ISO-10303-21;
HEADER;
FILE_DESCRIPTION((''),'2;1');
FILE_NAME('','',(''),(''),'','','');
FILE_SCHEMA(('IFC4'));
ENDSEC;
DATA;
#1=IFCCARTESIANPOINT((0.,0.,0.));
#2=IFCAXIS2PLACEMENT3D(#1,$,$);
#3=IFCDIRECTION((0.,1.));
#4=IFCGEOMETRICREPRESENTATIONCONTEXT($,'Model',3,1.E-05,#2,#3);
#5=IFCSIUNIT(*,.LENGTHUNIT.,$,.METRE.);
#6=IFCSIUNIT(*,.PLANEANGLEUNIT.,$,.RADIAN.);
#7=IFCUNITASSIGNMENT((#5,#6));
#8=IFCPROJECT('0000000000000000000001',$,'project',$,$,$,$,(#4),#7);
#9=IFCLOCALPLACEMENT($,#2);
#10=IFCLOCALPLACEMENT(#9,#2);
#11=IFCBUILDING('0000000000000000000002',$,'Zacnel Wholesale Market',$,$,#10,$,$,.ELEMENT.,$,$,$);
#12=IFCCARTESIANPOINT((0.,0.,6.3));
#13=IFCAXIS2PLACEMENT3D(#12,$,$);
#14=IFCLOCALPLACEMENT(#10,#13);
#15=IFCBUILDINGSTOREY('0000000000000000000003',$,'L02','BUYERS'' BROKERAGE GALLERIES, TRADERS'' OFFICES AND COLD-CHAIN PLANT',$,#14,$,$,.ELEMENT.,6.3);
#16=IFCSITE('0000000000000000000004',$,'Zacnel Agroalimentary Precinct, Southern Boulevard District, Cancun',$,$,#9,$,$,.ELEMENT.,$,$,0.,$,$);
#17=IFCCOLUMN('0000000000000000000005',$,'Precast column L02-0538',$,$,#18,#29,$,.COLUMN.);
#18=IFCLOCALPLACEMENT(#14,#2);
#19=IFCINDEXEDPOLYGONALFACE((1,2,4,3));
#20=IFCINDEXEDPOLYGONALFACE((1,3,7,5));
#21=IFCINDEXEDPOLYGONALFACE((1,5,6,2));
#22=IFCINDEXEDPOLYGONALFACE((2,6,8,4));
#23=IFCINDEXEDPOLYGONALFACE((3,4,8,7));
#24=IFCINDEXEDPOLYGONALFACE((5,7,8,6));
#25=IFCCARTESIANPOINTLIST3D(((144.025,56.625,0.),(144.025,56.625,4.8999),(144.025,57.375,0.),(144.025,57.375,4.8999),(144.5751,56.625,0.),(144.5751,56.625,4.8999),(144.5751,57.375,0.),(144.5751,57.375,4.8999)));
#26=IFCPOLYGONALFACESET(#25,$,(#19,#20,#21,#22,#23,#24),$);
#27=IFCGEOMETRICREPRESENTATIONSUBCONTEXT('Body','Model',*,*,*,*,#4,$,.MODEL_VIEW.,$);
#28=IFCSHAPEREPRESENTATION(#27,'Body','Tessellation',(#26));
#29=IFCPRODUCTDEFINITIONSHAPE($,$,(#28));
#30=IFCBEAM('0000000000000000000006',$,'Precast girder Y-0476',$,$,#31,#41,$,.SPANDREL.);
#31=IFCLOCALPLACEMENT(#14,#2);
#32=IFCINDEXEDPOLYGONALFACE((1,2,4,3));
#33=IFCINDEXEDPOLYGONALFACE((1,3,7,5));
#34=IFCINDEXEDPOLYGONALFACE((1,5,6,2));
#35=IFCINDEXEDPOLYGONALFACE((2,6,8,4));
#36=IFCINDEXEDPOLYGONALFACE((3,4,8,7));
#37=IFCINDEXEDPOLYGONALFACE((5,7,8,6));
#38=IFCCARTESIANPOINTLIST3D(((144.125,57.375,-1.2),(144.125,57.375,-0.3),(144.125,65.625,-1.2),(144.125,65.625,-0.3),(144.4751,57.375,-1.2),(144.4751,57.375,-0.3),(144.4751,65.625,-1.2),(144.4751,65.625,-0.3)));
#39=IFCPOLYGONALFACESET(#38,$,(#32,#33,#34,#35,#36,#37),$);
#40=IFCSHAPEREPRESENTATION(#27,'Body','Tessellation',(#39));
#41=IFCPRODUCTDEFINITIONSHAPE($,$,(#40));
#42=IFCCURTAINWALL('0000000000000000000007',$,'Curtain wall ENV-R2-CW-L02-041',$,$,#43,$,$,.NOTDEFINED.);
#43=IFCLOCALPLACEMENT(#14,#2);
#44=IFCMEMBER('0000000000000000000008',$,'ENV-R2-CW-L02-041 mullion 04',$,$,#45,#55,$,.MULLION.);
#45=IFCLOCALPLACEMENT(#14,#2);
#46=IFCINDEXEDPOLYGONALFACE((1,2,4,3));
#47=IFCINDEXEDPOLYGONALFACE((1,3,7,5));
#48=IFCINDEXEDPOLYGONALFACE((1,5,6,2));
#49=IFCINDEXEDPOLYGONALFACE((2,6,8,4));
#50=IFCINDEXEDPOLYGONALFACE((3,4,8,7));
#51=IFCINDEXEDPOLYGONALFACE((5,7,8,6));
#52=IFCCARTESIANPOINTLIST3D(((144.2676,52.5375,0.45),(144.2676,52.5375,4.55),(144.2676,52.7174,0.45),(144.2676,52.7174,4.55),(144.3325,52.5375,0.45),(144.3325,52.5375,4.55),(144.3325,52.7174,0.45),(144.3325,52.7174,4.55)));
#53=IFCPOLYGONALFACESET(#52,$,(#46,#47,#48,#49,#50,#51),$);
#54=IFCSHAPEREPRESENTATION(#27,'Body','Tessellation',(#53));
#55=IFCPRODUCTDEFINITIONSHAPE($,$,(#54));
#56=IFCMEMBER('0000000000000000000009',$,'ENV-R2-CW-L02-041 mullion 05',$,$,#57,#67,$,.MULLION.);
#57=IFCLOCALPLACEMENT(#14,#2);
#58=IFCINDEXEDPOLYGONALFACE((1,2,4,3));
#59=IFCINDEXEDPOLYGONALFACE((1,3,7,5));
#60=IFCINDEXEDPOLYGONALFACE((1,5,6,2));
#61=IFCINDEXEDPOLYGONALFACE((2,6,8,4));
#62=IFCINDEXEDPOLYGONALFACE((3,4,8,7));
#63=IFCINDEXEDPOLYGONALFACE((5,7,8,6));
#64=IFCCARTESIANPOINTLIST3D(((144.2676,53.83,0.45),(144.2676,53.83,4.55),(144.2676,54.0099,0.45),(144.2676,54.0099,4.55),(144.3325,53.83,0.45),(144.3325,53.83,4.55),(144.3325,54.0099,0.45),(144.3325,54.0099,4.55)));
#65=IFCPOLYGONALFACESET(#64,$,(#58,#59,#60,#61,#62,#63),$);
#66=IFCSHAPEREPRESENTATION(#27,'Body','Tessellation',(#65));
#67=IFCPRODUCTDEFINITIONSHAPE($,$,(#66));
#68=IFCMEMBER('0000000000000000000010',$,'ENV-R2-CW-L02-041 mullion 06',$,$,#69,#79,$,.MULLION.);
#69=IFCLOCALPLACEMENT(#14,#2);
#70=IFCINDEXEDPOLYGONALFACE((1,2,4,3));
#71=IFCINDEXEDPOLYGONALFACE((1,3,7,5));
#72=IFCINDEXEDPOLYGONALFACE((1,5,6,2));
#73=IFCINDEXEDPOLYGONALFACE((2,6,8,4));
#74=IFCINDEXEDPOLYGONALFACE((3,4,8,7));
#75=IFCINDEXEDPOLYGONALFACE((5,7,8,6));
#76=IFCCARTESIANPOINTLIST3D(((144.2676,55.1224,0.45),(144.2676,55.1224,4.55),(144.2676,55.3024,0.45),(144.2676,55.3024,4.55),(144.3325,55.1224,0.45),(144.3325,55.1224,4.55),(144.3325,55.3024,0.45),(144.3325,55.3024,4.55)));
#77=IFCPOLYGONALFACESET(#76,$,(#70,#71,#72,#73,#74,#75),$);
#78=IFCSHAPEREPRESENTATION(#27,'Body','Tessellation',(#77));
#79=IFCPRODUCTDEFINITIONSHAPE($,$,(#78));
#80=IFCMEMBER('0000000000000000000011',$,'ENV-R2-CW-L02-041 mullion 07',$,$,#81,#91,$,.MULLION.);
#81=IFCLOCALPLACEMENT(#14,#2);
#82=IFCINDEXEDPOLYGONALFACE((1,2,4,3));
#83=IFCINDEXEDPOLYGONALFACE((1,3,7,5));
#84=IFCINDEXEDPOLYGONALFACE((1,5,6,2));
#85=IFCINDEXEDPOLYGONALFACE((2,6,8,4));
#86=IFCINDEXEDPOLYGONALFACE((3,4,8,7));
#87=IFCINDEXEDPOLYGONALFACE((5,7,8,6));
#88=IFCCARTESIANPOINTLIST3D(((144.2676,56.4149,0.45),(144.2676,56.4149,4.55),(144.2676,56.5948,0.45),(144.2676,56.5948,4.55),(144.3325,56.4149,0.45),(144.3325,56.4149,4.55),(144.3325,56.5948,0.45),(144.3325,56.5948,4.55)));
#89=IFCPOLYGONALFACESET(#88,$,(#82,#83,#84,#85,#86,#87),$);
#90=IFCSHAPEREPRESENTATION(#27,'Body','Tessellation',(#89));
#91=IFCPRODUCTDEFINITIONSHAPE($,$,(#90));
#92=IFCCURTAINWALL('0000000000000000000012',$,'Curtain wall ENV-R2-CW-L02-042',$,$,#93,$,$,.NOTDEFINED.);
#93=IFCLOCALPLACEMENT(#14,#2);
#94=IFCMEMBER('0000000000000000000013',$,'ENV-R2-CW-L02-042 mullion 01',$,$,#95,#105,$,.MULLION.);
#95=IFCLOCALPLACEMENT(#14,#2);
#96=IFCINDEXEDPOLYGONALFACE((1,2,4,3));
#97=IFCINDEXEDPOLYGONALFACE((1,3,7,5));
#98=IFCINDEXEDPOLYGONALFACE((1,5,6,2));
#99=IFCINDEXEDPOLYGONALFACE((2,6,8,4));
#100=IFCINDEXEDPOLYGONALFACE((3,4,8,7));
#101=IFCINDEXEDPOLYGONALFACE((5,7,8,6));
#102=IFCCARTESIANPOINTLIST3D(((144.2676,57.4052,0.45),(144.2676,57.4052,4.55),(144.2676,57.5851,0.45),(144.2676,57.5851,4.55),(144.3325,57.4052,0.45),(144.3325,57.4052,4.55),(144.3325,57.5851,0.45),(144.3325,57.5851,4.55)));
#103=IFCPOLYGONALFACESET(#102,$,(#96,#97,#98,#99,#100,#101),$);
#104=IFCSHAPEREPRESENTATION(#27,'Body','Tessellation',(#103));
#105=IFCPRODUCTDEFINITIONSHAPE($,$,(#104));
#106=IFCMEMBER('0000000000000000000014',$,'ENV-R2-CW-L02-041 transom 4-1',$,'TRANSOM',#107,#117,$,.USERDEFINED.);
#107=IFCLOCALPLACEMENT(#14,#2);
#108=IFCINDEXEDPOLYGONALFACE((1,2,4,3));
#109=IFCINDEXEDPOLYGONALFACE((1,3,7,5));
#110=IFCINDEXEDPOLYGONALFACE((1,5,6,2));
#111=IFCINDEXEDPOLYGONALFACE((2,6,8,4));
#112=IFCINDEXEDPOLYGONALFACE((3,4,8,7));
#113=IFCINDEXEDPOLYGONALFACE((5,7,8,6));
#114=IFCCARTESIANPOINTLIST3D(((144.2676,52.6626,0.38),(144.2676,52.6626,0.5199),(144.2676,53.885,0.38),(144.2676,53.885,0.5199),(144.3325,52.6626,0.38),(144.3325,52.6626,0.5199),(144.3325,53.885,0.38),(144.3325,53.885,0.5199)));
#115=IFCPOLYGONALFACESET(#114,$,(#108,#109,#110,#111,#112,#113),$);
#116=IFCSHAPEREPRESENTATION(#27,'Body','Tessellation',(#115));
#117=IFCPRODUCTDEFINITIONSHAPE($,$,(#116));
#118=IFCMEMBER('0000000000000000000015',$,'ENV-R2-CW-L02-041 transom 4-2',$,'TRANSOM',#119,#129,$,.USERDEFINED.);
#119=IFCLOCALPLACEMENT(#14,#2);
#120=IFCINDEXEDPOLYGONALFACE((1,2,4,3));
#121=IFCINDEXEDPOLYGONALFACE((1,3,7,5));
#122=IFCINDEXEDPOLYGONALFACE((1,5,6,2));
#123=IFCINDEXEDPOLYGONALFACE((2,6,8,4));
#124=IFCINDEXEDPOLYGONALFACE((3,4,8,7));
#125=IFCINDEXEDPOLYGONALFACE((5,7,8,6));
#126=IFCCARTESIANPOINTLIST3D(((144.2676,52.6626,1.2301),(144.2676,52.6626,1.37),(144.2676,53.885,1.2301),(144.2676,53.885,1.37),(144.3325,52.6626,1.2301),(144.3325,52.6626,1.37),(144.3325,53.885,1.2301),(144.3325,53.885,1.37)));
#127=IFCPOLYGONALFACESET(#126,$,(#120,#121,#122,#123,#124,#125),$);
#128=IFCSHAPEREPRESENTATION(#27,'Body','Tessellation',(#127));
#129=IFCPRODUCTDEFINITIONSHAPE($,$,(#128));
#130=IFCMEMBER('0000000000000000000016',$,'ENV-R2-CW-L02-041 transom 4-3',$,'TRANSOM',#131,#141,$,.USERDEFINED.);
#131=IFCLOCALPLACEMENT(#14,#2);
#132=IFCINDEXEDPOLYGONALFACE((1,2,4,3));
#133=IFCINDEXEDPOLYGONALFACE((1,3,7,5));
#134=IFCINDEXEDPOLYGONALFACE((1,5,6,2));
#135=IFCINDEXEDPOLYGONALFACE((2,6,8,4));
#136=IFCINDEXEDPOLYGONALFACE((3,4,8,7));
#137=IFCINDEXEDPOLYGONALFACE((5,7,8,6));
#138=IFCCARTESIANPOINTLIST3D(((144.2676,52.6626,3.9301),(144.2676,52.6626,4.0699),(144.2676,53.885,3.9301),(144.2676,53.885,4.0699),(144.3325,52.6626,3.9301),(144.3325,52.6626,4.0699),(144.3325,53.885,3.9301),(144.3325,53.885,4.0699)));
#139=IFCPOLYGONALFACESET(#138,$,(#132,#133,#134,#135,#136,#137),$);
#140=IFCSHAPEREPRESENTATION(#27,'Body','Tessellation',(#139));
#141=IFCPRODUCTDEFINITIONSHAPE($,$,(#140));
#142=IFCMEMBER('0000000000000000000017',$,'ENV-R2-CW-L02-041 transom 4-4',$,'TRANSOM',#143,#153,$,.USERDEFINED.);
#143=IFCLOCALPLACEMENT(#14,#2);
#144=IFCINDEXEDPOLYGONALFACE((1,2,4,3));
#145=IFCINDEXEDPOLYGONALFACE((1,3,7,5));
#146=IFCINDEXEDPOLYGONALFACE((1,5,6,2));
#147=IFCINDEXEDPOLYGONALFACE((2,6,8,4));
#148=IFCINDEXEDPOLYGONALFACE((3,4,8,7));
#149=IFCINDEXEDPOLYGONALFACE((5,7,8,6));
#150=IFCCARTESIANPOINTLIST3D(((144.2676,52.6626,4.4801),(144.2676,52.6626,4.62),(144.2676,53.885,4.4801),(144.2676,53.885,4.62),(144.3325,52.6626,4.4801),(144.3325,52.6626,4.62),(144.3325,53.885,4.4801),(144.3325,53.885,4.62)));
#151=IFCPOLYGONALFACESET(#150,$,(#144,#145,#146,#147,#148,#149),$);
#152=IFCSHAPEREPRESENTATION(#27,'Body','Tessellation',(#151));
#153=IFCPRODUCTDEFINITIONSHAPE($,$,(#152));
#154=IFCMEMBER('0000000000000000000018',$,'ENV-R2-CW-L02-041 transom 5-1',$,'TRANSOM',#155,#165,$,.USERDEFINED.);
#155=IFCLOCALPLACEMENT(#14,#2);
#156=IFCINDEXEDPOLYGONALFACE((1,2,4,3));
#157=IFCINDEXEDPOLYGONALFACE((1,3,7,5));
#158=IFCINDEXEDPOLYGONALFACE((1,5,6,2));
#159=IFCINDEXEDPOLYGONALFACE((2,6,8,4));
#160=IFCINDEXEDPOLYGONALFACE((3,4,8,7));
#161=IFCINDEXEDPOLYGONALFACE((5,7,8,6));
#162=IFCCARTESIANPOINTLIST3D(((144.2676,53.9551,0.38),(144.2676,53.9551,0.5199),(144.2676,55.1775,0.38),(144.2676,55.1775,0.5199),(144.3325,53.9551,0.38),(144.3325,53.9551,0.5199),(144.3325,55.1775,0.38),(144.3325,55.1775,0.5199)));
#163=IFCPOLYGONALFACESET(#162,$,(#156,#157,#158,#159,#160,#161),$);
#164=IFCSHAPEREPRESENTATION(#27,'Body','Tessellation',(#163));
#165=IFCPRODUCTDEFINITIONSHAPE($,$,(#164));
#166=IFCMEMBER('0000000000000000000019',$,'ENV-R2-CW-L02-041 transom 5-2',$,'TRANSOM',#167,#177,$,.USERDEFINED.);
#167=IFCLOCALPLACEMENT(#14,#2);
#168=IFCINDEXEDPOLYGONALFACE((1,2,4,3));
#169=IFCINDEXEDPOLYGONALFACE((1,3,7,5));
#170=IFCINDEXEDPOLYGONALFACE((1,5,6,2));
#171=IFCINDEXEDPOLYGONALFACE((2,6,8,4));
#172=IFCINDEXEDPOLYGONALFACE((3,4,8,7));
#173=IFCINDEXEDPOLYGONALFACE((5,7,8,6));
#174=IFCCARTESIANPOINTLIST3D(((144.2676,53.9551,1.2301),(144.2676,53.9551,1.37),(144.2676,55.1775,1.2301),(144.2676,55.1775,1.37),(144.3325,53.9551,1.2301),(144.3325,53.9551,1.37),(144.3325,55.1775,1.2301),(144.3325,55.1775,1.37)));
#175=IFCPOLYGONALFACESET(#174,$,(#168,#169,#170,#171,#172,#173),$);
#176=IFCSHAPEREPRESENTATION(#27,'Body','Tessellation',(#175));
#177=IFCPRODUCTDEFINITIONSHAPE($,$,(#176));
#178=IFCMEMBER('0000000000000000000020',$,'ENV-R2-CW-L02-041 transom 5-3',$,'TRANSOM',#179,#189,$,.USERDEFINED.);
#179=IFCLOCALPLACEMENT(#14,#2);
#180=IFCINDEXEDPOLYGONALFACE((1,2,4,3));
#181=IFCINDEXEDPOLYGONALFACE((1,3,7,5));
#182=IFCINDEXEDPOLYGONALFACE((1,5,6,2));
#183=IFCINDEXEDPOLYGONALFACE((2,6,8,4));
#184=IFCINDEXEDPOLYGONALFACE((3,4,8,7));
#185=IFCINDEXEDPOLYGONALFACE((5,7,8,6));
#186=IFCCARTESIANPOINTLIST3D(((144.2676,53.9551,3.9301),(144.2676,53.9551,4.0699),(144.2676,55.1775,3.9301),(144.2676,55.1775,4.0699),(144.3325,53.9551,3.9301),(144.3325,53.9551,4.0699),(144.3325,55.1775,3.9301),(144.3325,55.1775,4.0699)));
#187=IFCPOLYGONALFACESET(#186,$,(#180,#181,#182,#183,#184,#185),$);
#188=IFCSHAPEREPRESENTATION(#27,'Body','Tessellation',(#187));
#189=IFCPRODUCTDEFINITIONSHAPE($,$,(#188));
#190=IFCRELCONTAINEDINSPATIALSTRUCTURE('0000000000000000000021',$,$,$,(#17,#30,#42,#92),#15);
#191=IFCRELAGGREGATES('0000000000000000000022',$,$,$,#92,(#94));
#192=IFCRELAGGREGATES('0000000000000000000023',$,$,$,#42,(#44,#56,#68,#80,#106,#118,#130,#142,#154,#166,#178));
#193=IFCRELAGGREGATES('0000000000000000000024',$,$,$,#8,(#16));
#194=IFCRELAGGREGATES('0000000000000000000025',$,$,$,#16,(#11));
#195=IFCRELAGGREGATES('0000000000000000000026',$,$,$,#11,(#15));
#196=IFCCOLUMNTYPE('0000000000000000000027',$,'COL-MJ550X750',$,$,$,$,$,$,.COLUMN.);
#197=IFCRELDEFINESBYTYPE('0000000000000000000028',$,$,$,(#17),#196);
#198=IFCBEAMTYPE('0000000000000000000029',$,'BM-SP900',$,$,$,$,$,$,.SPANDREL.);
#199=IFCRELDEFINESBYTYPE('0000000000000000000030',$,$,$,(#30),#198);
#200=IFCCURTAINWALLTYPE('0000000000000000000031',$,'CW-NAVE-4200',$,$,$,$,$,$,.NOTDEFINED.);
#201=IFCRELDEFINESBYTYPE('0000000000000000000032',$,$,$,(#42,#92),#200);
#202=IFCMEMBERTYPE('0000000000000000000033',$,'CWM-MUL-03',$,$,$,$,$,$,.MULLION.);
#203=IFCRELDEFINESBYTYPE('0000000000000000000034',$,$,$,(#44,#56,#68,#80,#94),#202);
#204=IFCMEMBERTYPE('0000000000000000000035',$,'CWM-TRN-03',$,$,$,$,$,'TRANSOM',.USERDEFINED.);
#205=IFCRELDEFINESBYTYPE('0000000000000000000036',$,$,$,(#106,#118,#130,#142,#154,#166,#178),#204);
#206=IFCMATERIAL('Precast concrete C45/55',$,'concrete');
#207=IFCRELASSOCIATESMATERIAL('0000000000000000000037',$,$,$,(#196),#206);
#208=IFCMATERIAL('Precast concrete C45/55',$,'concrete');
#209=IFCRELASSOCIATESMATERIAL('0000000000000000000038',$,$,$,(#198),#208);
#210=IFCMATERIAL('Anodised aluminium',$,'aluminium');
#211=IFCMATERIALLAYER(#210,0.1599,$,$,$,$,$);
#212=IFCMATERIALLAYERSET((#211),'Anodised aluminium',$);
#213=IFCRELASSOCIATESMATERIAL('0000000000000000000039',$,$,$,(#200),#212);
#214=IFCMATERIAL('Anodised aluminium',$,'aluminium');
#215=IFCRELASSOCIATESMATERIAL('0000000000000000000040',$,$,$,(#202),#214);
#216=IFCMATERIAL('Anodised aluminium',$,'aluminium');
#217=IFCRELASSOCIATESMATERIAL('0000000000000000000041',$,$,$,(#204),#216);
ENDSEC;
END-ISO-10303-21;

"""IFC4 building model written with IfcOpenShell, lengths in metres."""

from ifc_helpers import new_model, si_unit, direction, frame, origin, origin_2d, place, context, subcontext, project, spatial, rectangle, extrude, material, layer, layer_set, material_profile, profile_set, type_object, element, aggregate, save


model = new_model("IFC4")

# Units and contexts
model_context = context("Model", 3, precision=1e-05, world=origin(), true_north=direction((0.0, 1.0)))
body_context = subcontext(model_context, "Body", "Model", "MODEL_VIEW")
ifc_project = project(units=[si_unit("LENGTHUNIT", "METRE"), si_unit("PLANEANGLEUNIT", "RADIAN")], contexts=[model_context])

# Site, building, storey
site_placement = place(None, origin())
site = spatial("IfcSite", under=ifc_project, at=site_placement, Name="Zacnel Agroalimentary Precinct, Southern Boulevard District, Cancun", CompositionType="ELEMENT", RefElevation=0.0)
building_placement = place(site_placement, origin())
building = spatial("IfcBuilding", under=site, at=building_placement, Name="Zacnel Wholesale Market", CompositionType="ELEMENT")
storey_placement = place(building_placement, frame((0.0, 0.0, 6.3)))
storey = spatial("IfcBuildingStorey", under=building, at=storey_placement, Name="L02", Description="BUYERS' BROKERAGE GALLERIES, TRADERS' OFFICES AND COLD-CHAIN PLANT", CompositionType="ELEMENT", Elevation=6.3)

# Column
ifc_material_1 = material(Name="Precast concrete C45/55", Category="concrete")
ifc_material_profile_1 = material_profile(ifc_material_1, rectangle(XDim=0.55, YDim=0.75, at=origin_2d()), Name="PC 550x750")
ifc_profile_set_1 = profile_set([ifc_material_profile_1], Name="Precast concrete C45/55")
column_type = type_object("IfcColumnType", Name="COL-MJ550X750", PredefinedType="COLUMN", material=ifc_profile_set_1)
column_placement = place(storey_placement, frame((144.3, 57.0, 0.0), z_axis=(0.0, 0.0, 1.0), x_axis=(1.0, 0.0, 0.0)))
element("IfcColumn", 1, at=column_placement, inside=storey, type_object=column_type, Name="Precast column L02-0538", PredefinedType="COLUMN", context=body_context, shape_type="SweptSolid", body=[
    extrude(rectangle(XDim=0.55, YDim=0.75, at=origin_2d()), origin(), (0.0, 0.0, 1.0), 4.8999),
])

# Beam
ifc_material_2 = material(Name="Precast concrete C45/55", Category="concrete")
ifc_material_profile_2 = material_profile(ifc_material_2, rectangle(XDim=0.3501, YDim=0.8999, at=origin_2d()), Name="SP 350x900")
ifc_profile_set_2 = profile_set([ifc_material_profile_2], Name="Precast concrete C45/55")
beam_type = type_object("IfcBeamType", Name="BM-SP900", PredefinedType="SPANDREL", material=ifc_profile_set_2)
beam_placement = place(storey_placement, frame((144.3, 57.375, -0.75), z_axis=(0.0, 1.0, 0.0), x_axis=(-1.0, 0.0, 0.0)))
element("IfcBeam", 2, at=beam_placement, inside=storey, type_object=beam_type, Name="Precast girder Y-0476", PredefinedType="SPANDREL", context=body_context, shape_type="SweptSolid", body=[
    extrude(rectangle(XDim=0.3501, YDim=0.8999, at=origin_2d()), origin(), (0.0, 0.0, 1.0), 8.25),
])

# Curtain wall, members
ifc_material_3 = material(Name="Anodised aluminium", Category="aluminium")
ifc_layer_1 = layer(ifc_material_3, 0.1599)
ifc_layer_set_1 = layer_set([ifc_layer_1], Name="Anodised aluminium")
curtain_wall_type = type_object("IfcCurtainWallType", Name="CW-NAVE-4200", PredefinedType="NOTDEFINED", material=ifc_layer_set_1)
curtain_wall_1_placement = place(storey_placement, origin())
curtain_wall_1 = element("IfcCurtainWall", 3, at=curtain_wall_1_placement, inside=storey, type_object=curtain_wall_type, Name="Curtain wall ENV-R2-CW-L02-041", PredefinedType="NOTDEFINED")
ifc_material_4 = material(Name="Anodised aluminium", Category="aluminium")
ifc_material_profile_3 = material_profile(ifc_material_4, rectangle(XDim=0.0649, YDim=0.1799, at=origin_2d()), Name="AW-MULLION 65x180")
ifc_profile_set_3 = profile_set([ifc_material_profile_3], Name="Anodised aluminium")
member_type_1 = type_object("IfcMemberType", Name="CWM-MUL-03", PredefinedType="MULLION", material=ifc_profile_set_3)
member_1_placement = place(storey_placement, frame((144.3, 52.6274, 0.45), z_axis=(0.0, 0.0, 1.0), x_axis=(1.0, 0.0, 0.0)))
member_1 = element("IfcMember", 4, at=member_1_placement, type_object=member_type_1, Name="ENV-R2-CW-L02-041 mullion 04", PredefinedType="MULLION", context=body_context, shape_type="SweptSolid", body=[
    extrude(rectangle(XDim=0.0649, YDim=0.1799, at=origin_2d()), origin(), (0.0, 0.0, 1.0), 4.1001),
])
member_2_placement = place(storey_placement, frame((144.3, 53.9199, 0.45), z_axis=(0.0, 0.0, 1.0), x_axis=(1.0, 0.0, 0.0)))
member_2 = element("IfcMember", 5, at=member_2_placement, type_object=member_type_1, Name="ENV-R2-CW-L02-041 mullion 05", PredefinedType="MULLION", context=body_context, shape_type="SweptSolid", body=[
    extrude(rectangle(XDim=0.0649, YDim=0.1799, at=origin_2d()), origin(), (0.0, 0.0, 1.0), 4.1001),
])
member_3_placement = place(storey_placement, frame((144.3, 55.2124, 0.45), z_axis=(0.0, 0.0, 1.0), x_axis=(1.0, 0.0, 0.0)))
member_3 = element("IfcMember", 6, at=member_3_placement, type_object=member_type_1, Name="ENV-R2-CW-L02-041 mullion 06", PredefinedType="MULLION", context=body_context, shape_type="SweptSolid", body=[
    extrude(rectangle(XDim=0.0649, YDim=0.1799, at=origin_2d()), origin(), (0.0, 0.0, 1.0), 4.1001),
])
member_4_placement = place(storey_placement, frame((144.3, 56.5049, 0.45), z_axis=(0.0, 0.0, 1.0), x_axis=(1.0, 0.0, 0.0)))
member_4 = element("IfcMember", 7, at=member_4_placement, type_object=member_type_1, Name="ENV-R2-CW-L02-041 mullion 07", PredefinedType="MULLION", context=body_context, shape_type="SweptSolid", body=[
    extrude(rectangle(XDim=0.0649, YDim=0.1799, at=origin_2d()), origin(), (0.0, 0.0, 1.0), 4.1001),
])

# Curtain wall, member
curtain_wall_2_placement = place(storey_placement, origin())
curtain_wall_2 = element("IfcCurtainWall", 8, at=curtain_wall_2_placement, inside=storey, type_object=curtain_wall_type, Name="Curtain wall ENV-R2-CW-L02-042", PredefinedType="NOTDEFINED")
member_5_placement = place(storey_placement, frame((144.3, 57.4951, 0.45), z_axis=(0.0, 0.0, 1.0), x_axis=(1.0, 0.0, 0.0)))
member_5 = element("IfcMember", 9, at=member_5_placement, type_object=member_type_1, Name="ENV-R2-CW-L02-042 mullion 01", PredefinedType="MULLION", context=body_context, shape_type="SweptSolid", body=[
    extrude(rectangle(XDim=0.0649, YDim=0.1799, at=origin_2d()), origin(), (0.0, 0.0, 1.0), 4.1001),
])

# Members
ifc_material_5 = material(Name="Anodised aluminium", Category="aluminium")
ifc_material_profile_4 = material_profile(ifc_material_5, rectangle(XDim=0.0649, YDim=0.1399, at=origin_2d()), Name="AW-TRANSOM 65x140")
ifc_profile_set_4 = profile_set([ifc_material_profile_4], Name="Anodised aluminium")
member_type_2 = type_object("IfcMemberType", Name="CWM-TRN-03", ElementType="TRANSOM", PredefinedType="USERDEFINED", material=ifc_profile_set_4)
member_6_placement = place(storey_placement, frame((144.3, 52.6626, 0.45), z_axis=(0.0, 1.0, 0.0), x_axis=(-1.0, 0.0, 0.0)))
member_6 = element("IfcMember", 10, at=member_6_placement, type_object=member_type_2, Name="ENV-R2-CW-L02-041 transom 4-1", ObjectType="TRANSOM", PredefinedType="USERDEFINED", context=body_context, shape_type="SweptSolid", body=[
    extrude(rectangle(XDim=0.0649, YDim=0.1399, at=origin_2d()), origin(), (0.0, 0.0, 1.0), 1.2224),
])
member_7_placement = place(storey_placement, frame((144.3, 52.6626, 1.3), z_axis=(0.0, 1.0, 0.0), x_axis=(-1.0, 0.0, 0.0)))
member_7 = element("IfcMember", 11, at=member_7_placement, type_object=member_type_2, Name="ENV-R2-CW-L02-041 transom 4-2", ObjectType="TRANSOM", PredefinedType="USERDEFINED", context=body_context, shape_type="SweptSolid", body=[
    extrude(rectangle(XDim=0.0649, YDim=0.1399, at=origin_2d()), origin(), (0.0, 0.0, 1.0), 1.2224),
])
member_8_placement = place(storey_placement, frame((144.3, 52.6626, 4.0), z_axis=(0.0, 1.0, 0.0), x_axis=(-1.0, 0.0, 0.0)))
member_8 = element("IfcMember", 12, at=member_8_placement, type_object=member_type_2, Name="ENV-R2-CW-L02-041 transom 4-3", ObjectType="TRANSOM", PredefinedType="USERDEFINED", context=body_context, shape_type="SweptSolid", body=[
    extrude(rectangle(XDim=0.0649, YDim=0.1399, at=origin_2d()), origin(), (0.0, 0.0, 1.0), 1.2224),
])
member_9_placement = place(storey_placement, frame((144.3, 52.6626, 4.55), z_axis=(0.0, 1.0, 0.0), x_axis=(-1.0, 0.0, 0.0)))
member_9 = element("IfcMember", 13, at=member_9_placement, type_object=member_type_2, Name="ENV-R2-CW-L02-041 transom 4-4", ObjectType="TRANSOM", PredefinedType="USERDEFINED", context=body_context, shape_type="SweptSolid", body=[
    extrude(rectangle(XDim=0.0649, YDim=0.1399, at=origin_2d()), origin(), (0.0, 0.0, 1.0), 1.2224),
])
member_10_placement = place(storey_placement, frame((144.3, 53.9551, 0.45), z_axis=(0.0, 1.0, 0.0), x_axis=(-1.0, 0.0, 0.0)))
member_10 = element("IfcMember", 14, at=member_10_placement, type_object=member_type_2, Name="ENV-R2-CW-L02-041 transom 5-1", ObjectType="TRANSOM", PredefinedType="USERDEFINED", context=body_context, shape_type="SweptSolid", body=[
    extrude(rectangle(XDim=0.0649, YDim=0.1399, at=origin_2d()), origin(), (0.0, 0.0, 1.0), 1.2224),
])
member_11_placement = place(storey_placement, frame((144.3, 53.9551, 1.3), z_axis=(0.0, 1.0, 0.0), x_axis=(-1.0, 0.0, 0.0)))
member_11 = element("IfcMember", 15, at=member_11_placement, type_object=member_type_2, Name="ENV-R2-CW-L02-041 transom 5-2", ObjectType="TRANSOM", PredefinedType="USERDEFINED", context=body_context, shape_type="SweptSolid", body=[
    extrude(rectangle(XDim=0.0649, YDim=0.1399, at=origin_2d()), origin(), (0.0, 0.0, 1.0), 1.2224),
])
member_12_placement = place(storey_placement, frame((144.3, 53.9551, 4.0), z_axis=(0.0, 1.0, 0.0), x_axis=(-1.0, 0.0, 0.0)))
member_12 = element("IfcMember", 16, at=member_12_placement, type_object=member_type_2, Name="ENV-R2-CW-L02-041 transom 5-3", ObjectType="TRANSOM", PredefinedType="USERDEFINED", context=body_context, shape_type="SweptSolid", body=[
    extrude(rectangle(XDim=0.0649, YDim=0.1399, at=origin_2d()), origin(), (0.0, 0.0, 1.0), 1.2224),
])
aggregate(curtain_wall_2, [member_5])

aggregate(curtain_wall_1, [member_1, member_2, member_3, member_4, member_6, member_7, member_8, member_9, member_10, member_11, member_12])

save(model, "model.ifc")
